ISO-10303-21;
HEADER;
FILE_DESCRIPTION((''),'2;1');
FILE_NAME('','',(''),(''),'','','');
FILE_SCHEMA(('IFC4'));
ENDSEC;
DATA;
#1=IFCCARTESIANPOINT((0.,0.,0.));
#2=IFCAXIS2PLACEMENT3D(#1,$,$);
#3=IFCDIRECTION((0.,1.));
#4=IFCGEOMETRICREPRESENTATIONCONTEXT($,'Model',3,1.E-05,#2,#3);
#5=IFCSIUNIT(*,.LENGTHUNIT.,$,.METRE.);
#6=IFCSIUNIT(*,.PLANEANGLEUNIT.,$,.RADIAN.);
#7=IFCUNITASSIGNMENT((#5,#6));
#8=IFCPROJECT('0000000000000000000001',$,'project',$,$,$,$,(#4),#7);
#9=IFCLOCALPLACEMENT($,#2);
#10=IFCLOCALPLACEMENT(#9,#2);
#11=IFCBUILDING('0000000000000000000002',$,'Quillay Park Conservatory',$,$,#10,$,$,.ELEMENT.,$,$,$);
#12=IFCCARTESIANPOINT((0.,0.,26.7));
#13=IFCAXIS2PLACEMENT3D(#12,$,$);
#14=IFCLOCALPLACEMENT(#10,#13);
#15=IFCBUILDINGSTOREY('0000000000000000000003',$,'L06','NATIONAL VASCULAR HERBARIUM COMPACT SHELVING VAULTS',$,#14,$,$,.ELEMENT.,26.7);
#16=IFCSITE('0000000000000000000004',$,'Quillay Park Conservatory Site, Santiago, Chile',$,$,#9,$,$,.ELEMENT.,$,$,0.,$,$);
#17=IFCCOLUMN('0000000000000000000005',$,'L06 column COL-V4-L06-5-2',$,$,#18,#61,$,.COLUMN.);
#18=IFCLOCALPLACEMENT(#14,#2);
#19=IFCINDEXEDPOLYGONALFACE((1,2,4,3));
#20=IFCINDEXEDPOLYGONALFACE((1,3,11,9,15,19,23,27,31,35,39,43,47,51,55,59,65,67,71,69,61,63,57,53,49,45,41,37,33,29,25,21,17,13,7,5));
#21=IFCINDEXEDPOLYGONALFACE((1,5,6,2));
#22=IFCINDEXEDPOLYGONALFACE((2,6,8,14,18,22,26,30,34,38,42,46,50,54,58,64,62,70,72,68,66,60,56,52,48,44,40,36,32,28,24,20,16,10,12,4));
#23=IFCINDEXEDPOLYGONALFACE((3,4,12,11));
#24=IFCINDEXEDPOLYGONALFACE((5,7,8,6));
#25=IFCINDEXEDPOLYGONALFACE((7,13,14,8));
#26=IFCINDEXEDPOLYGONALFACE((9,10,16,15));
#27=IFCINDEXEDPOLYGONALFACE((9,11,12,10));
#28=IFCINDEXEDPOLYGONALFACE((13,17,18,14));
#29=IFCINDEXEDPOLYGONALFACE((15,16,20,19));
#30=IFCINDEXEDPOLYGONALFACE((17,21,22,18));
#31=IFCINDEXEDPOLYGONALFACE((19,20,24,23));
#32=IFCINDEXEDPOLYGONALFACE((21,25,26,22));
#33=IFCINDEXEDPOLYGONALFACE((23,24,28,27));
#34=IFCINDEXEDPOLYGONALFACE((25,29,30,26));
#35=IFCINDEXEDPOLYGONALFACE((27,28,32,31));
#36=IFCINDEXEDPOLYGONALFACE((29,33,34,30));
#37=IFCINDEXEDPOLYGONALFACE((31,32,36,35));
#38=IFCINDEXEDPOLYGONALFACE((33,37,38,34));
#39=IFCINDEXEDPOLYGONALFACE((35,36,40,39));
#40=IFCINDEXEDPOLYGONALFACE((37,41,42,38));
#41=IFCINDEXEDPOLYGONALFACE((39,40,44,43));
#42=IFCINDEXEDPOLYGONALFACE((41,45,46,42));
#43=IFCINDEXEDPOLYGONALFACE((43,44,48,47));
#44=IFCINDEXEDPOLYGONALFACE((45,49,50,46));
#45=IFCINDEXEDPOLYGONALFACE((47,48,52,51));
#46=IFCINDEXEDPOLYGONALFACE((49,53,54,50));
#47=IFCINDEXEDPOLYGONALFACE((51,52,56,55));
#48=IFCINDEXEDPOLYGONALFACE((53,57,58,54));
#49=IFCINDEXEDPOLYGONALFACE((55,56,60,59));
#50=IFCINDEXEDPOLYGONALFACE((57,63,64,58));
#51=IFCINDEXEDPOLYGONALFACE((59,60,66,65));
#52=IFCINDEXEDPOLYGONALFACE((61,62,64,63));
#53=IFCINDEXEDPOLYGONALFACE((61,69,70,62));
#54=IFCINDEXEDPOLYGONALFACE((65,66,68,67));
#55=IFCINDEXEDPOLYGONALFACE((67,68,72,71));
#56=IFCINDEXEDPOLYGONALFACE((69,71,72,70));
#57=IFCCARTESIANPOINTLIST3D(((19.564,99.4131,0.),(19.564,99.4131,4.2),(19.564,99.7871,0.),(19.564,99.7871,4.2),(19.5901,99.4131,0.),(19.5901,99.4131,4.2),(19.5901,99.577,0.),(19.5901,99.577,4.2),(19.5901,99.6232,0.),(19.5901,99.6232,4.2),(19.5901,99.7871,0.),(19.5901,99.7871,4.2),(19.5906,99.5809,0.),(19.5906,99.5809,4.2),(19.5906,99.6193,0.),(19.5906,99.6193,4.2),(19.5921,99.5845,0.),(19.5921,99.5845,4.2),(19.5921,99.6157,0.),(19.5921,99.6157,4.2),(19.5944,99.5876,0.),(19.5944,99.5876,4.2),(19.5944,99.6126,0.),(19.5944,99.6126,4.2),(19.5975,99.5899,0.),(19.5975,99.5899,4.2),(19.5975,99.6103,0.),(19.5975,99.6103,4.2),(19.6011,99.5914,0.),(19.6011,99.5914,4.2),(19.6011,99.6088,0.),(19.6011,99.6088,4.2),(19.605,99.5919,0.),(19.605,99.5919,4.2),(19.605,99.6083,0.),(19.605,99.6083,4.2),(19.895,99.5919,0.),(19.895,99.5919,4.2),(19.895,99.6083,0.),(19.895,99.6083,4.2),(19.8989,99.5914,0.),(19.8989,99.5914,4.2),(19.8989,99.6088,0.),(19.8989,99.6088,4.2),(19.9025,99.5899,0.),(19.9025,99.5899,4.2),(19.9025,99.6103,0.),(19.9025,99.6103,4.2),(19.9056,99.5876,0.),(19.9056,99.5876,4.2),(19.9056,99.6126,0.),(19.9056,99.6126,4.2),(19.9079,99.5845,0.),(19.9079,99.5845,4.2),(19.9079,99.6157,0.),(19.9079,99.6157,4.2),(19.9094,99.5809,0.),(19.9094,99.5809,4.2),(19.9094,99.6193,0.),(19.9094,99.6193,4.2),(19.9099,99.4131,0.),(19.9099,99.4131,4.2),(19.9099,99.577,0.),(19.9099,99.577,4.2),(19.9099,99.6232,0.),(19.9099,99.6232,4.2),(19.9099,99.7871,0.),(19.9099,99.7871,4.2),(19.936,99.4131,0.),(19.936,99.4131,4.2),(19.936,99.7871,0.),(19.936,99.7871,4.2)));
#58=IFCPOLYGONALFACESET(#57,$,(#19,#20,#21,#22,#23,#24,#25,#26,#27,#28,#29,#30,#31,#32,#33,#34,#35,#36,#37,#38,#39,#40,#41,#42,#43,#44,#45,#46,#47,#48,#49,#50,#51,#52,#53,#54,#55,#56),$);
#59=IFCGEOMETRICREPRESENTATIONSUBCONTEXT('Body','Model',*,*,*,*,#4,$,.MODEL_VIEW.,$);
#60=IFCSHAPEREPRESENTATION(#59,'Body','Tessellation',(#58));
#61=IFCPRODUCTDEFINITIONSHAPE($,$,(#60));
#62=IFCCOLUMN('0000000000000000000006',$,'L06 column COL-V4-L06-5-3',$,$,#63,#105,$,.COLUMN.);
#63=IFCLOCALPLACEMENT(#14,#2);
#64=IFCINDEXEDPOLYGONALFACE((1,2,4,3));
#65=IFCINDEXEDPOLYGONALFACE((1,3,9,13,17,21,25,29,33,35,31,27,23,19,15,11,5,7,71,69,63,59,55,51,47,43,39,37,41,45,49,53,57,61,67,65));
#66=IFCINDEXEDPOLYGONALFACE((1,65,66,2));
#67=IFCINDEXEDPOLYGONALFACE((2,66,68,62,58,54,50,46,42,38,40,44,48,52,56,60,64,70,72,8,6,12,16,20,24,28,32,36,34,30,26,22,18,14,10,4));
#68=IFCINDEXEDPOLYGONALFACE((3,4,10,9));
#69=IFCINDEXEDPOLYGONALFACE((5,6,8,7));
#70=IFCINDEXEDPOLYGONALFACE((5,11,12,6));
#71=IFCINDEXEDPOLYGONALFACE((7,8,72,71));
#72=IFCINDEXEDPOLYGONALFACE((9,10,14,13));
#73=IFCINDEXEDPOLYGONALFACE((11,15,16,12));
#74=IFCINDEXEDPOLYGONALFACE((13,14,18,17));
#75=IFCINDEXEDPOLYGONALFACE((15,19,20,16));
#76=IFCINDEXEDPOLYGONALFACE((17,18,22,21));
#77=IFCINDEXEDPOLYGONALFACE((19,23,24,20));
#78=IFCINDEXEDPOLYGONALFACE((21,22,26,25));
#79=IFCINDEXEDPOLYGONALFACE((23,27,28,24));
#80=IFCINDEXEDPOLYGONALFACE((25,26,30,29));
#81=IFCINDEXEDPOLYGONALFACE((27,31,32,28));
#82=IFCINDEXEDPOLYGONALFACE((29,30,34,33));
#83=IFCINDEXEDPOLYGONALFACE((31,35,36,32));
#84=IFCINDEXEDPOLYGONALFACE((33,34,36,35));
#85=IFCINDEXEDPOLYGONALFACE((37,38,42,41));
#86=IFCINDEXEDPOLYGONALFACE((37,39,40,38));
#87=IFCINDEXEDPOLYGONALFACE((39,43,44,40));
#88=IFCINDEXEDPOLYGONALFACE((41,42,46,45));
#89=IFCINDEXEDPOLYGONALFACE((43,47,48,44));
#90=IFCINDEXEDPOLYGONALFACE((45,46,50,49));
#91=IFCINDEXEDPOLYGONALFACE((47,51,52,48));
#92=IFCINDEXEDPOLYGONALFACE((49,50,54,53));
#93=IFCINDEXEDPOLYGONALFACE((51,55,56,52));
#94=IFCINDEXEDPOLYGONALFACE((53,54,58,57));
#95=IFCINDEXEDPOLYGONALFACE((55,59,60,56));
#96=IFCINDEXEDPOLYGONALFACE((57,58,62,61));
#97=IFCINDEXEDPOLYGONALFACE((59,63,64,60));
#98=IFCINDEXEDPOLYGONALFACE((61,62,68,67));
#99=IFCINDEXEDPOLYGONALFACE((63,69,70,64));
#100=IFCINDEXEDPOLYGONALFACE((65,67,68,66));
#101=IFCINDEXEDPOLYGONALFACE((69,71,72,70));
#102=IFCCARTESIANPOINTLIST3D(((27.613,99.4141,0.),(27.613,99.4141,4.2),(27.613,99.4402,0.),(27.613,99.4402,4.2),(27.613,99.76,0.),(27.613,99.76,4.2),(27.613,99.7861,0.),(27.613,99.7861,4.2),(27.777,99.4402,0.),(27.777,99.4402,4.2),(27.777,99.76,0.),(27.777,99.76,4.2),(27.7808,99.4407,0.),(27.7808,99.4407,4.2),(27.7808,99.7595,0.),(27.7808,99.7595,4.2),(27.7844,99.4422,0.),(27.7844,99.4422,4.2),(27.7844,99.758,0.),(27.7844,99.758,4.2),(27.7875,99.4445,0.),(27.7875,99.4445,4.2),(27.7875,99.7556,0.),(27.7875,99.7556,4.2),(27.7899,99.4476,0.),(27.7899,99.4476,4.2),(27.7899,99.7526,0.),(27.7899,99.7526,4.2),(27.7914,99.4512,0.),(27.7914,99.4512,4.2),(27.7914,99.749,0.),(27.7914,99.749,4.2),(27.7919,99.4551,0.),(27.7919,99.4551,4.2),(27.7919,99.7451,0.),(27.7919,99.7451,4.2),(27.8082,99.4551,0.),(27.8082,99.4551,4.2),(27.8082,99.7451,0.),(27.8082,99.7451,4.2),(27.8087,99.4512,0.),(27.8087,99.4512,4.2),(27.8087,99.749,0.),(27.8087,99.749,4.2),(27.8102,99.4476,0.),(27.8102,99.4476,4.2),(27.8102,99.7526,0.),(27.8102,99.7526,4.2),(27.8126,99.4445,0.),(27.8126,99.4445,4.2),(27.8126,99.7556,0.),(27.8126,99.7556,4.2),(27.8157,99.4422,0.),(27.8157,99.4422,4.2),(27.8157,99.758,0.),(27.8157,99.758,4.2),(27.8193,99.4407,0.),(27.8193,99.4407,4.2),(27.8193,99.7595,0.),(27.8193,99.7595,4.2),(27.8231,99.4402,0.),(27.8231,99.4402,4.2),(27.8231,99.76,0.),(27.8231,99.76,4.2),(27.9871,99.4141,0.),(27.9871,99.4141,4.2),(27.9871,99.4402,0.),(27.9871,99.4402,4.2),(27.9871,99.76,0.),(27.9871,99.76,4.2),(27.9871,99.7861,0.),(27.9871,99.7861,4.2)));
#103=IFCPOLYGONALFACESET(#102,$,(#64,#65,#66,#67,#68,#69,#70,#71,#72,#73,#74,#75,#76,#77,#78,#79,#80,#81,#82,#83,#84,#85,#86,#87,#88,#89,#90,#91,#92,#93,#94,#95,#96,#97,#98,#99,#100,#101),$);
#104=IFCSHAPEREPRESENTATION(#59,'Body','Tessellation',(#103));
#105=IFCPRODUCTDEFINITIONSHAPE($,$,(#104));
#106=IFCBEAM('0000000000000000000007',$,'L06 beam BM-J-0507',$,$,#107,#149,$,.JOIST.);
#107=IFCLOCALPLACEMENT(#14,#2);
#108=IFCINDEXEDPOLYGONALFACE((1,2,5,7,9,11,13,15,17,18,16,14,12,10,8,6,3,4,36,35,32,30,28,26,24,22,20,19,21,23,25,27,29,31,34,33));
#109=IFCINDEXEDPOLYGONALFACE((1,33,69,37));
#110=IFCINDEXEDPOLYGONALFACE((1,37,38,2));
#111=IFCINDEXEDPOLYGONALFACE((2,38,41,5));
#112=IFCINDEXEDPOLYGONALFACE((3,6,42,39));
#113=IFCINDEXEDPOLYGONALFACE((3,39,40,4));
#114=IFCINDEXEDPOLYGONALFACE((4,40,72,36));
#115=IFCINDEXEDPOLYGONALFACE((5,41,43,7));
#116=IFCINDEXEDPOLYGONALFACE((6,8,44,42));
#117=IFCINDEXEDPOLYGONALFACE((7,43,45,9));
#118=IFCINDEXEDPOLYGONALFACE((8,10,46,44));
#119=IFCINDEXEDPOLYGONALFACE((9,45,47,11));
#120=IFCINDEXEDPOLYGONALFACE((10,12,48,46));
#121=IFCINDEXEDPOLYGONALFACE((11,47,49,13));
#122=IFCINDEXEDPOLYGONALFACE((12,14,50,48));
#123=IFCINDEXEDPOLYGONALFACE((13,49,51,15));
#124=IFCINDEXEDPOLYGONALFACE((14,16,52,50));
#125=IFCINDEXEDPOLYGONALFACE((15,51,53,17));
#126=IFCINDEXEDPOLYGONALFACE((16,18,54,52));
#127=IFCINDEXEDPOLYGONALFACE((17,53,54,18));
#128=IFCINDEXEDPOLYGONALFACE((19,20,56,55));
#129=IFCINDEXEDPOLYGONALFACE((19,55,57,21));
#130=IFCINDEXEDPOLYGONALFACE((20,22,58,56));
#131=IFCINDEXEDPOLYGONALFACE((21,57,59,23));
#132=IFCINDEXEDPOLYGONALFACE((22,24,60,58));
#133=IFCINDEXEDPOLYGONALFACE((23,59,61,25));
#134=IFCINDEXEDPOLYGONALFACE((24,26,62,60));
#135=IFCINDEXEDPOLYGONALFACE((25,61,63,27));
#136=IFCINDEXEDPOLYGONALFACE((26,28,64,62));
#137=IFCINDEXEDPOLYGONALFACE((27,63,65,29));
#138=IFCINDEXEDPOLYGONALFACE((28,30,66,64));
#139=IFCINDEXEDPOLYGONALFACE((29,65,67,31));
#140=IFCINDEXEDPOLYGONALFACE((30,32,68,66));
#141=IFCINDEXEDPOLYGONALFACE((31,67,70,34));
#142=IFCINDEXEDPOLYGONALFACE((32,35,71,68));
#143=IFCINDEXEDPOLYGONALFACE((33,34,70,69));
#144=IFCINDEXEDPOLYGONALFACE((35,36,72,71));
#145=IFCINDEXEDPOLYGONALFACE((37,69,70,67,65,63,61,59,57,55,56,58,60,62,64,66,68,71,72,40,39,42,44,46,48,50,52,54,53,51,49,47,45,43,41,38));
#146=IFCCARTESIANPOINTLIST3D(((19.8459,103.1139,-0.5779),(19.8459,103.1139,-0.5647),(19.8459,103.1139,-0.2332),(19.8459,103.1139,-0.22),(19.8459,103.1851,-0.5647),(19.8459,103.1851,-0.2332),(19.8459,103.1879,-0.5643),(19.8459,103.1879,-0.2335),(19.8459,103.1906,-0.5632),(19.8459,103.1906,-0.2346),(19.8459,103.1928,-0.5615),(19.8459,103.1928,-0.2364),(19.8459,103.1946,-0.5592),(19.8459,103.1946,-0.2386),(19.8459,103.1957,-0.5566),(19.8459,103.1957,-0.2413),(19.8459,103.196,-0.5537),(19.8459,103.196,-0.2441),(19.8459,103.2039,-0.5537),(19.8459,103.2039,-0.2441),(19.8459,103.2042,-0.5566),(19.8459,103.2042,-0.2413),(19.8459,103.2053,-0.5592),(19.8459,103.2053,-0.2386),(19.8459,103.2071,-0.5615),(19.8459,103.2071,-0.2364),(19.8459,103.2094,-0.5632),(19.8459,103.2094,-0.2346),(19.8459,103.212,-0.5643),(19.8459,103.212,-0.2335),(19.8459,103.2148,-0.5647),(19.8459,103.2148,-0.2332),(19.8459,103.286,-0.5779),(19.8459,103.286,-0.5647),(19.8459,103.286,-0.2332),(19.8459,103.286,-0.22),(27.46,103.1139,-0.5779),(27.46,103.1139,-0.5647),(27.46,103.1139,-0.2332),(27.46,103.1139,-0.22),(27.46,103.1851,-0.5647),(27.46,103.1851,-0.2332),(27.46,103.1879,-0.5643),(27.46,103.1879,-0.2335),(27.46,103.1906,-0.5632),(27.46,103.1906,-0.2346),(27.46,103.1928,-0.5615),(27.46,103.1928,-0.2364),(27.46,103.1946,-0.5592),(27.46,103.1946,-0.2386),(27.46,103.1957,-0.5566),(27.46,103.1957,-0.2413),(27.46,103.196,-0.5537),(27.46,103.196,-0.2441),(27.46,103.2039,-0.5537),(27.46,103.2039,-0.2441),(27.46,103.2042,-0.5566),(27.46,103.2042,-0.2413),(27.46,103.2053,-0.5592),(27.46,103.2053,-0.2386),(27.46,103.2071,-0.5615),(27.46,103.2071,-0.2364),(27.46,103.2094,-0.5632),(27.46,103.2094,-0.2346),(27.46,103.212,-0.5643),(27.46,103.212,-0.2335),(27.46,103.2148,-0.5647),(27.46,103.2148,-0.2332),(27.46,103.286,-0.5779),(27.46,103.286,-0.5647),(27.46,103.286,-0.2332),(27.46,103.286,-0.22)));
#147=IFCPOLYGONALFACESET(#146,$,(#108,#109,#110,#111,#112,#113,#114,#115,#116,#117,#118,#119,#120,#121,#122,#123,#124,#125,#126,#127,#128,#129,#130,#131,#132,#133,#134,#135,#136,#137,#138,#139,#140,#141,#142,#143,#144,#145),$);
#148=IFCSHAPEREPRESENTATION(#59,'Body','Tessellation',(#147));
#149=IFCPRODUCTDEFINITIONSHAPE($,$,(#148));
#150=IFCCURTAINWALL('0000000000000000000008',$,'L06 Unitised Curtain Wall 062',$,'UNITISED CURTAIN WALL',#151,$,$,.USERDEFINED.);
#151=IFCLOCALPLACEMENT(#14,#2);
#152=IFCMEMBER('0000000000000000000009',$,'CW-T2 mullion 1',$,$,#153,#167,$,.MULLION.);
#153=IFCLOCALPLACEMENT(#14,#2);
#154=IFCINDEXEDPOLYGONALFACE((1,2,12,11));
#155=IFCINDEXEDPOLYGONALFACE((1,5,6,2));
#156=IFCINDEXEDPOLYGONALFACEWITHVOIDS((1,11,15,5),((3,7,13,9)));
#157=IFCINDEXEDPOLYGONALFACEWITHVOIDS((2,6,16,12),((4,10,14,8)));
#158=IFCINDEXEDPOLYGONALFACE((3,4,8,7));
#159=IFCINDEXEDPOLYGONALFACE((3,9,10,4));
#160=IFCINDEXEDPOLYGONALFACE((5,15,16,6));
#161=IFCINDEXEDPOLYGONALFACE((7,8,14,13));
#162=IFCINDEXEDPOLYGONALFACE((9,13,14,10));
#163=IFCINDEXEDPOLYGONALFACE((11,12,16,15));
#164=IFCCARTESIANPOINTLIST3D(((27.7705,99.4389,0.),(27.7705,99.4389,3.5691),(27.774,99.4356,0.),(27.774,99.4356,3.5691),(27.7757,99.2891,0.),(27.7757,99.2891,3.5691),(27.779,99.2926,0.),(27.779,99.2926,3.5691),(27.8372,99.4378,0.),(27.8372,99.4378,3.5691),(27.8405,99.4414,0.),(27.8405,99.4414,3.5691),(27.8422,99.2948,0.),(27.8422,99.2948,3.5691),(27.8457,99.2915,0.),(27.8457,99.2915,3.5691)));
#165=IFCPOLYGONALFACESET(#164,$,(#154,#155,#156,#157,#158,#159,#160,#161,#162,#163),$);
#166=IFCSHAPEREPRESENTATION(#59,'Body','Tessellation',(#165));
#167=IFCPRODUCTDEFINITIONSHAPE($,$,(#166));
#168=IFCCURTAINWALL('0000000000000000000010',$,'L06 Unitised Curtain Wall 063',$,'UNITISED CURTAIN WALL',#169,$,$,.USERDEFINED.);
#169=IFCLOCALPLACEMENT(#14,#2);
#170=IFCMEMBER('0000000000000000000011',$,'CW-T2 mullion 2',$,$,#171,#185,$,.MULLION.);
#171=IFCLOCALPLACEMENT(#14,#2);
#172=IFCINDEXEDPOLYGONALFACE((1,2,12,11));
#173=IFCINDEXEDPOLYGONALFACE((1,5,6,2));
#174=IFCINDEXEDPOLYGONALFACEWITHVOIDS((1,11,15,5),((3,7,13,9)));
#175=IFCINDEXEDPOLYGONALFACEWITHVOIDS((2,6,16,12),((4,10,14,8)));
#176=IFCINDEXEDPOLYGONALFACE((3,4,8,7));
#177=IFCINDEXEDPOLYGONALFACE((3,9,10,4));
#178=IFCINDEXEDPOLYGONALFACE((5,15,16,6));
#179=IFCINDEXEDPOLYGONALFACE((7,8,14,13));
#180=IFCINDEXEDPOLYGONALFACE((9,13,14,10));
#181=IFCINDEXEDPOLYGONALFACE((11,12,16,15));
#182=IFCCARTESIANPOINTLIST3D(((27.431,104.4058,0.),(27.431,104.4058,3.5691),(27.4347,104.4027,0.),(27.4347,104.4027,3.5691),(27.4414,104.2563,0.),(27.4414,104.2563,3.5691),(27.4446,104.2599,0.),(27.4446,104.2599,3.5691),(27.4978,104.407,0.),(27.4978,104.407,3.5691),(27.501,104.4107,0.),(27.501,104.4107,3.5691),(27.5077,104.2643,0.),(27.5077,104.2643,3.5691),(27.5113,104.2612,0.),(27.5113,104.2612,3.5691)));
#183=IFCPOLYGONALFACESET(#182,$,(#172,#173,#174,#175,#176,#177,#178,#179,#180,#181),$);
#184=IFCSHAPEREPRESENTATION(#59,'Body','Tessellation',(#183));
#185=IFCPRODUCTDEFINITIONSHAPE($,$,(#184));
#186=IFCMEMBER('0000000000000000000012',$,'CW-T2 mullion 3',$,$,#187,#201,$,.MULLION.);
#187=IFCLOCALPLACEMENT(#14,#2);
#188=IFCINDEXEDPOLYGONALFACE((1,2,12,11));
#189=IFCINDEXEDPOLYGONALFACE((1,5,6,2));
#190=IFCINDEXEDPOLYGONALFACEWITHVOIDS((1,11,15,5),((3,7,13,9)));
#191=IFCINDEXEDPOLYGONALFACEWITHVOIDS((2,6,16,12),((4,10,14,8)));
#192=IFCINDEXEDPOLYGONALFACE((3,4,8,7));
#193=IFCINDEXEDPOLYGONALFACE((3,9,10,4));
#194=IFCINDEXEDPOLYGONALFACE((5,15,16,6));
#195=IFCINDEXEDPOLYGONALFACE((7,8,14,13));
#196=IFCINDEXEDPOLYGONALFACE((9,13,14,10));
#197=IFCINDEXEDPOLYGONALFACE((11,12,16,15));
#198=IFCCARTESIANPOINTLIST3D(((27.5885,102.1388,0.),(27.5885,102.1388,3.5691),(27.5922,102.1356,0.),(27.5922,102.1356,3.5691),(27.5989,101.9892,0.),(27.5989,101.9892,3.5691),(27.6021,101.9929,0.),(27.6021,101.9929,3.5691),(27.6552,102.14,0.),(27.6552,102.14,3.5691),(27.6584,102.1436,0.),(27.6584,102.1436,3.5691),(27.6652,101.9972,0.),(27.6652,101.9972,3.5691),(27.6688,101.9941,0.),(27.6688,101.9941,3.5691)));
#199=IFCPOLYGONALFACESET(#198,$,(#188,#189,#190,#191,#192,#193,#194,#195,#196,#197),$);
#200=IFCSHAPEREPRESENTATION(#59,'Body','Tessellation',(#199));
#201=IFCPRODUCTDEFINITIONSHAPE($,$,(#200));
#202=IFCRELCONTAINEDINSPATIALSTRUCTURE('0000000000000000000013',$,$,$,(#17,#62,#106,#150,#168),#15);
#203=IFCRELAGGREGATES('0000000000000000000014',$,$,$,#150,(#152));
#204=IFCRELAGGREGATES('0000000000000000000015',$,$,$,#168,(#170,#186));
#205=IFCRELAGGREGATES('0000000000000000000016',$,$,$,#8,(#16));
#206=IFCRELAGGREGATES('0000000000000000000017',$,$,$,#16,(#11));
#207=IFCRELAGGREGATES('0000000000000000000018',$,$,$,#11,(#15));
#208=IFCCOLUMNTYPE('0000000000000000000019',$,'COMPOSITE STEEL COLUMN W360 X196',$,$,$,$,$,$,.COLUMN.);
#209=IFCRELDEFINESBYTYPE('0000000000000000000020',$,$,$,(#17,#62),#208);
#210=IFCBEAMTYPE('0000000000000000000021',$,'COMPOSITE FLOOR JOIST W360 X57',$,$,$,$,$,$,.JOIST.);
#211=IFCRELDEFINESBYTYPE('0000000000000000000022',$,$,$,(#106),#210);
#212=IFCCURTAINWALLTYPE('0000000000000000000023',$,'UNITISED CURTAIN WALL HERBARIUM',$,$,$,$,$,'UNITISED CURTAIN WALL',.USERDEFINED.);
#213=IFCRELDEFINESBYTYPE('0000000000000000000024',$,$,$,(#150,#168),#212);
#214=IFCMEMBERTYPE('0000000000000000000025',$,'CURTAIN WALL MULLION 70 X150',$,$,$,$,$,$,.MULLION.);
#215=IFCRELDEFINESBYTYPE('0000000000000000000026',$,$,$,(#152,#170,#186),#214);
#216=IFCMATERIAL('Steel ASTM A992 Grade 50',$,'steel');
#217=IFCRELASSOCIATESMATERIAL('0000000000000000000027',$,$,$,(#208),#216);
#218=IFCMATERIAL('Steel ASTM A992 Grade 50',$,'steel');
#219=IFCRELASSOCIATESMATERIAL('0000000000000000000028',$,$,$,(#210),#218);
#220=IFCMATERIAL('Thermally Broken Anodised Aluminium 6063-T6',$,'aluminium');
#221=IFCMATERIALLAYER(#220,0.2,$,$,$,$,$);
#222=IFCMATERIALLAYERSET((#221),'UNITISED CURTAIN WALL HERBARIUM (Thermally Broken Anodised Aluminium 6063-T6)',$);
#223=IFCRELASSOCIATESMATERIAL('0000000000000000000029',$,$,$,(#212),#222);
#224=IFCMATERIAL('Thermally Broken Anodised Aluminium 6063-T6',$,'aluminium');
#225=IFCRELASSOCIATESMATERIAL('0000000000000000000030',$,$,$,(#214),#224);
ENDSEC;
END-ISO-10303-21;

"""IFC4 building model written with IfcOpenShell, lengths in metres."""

from ifc_helpers import new_model, si_unit, direction, frame, origin, origin_2d, place, context, subcontext, project, spatial, hollow_rectangle, i_section, extrude, material, layer, layer_set, material_profile, profile_set, type_object, element, aggregate, save


model = new_model("IFC4")

# Units and contexts
model_context = context("Model", 3, precision=1e-05, world=origin(), true_north=direction((0.0, 1.0)))
body_context = subcontext(model_context, "Body", "Model", "MODEL_VIEW")
ifc_project = project(units=[si_unit("LENGTHUNIT", "METRE"), si_unit("PLANEANGLEUNIT", "RADIAN")], contexts=[model_context])

# Site, building, storey
site_placement = place(None, origin())
site = spatial("IfcSite", under=ifc_project, at=site_placement, Name="Quillay Park Conservatory Site, Santiago, Chile", CompositionType="ELEMENT", RefElevation=0.0)
building_placement = place(site_placement, origin())
building = spatial("IfcBuilding", under=site, at=building_placement, Name="Quillay Park Conservatory", CompositionType="ELEMENT")
storey_placement = place(building_placement, frame((0.0, 0.0, 26.7)))
storey = spatial("IfcBuildingStorey", under=building, at=storey_placement, Name="L06", Description="NATIONAL VASCULAR HERBARIUM COMPACT SHELVING VAULTS", CompositionType="ELEMENT", Elevation=26.7)

# Columns
ifc_material_1 = material(Name="Steel ASTM A992 Grade 50", Category="steel")
ifc_material_profile_1 = material_profile(ifc_material_1, i_section(OverallWidth=0.374, OverallDepth=0.3721, WebThickness=0.0164, FlangeThickness=0.0261, FilletRadius=0.0149, at=origin_2d()), Name="W360x196")
ifc_profile_set_1 = profile_set([ifc_material_profile_1], Name="Steel ASTM A992 Grade 50")
column_type = type_object("IfcColumnType", Name="COMPOSITE STEEL COLUMN W360 X196", PredefinedType="COLUMN", material=ifc_profile_set_1)
for number, where, z_axis, x_axis, name in (
    (1, (19.75, 99.6001, 0.0), (0.0, 0.0, 1.0), (0.0, 1.0, 0.0), "L06 column COL-V4-L06-5-2"),
    (2, (27.8, 99.6001, 0.0), (0.0, 0.0, 1.0), (1.0, 0.0, 0.0), "L06 column COL-V4-L06-5-3"),
):
    element("IfcColumn", number, at=place(storey_placement, frame(where, z_axis=z_axis, x_axis=x_axis)), inside=storey, type_object=column_type, Name=name, PredefinedType="COLUMN", context=body_context, shape_type="SweptSolid", body=[
        extrude(i_section(OverallWidth=0.374, OverallDepth=0.3721, WebThickness=0.0164, FlangeThickness=0.0261, FilletRadius=0.0149, at=origin_2d()), origin(), (0.0, 0.0, 1.0), 4.2),
    ])

# Beam
ifc_material_2 = material(Name="Steel ASTM A992 Grade 50", Category="steel")
ifc_material_profile_2 = material_profile(ifc_material_2, i_section(OverallWidth=0.1721, OverallDepth=0.3579, WebThickness=0.0078, FlangeThickness=0.0132, FilletRadius=0.011, at=origin_2d()), Name="W360x57")
ifc_profile_set_2 = profile_set([ifc_material_profile_2], Name="Steel ASTM A992 Grade 50")
beam_type_1 = type_object("IfcBeamType", Name="COMPOSITE FLOOR JOIST W360 X57", PredefinedType="JOIST", material=ifc_profile_set_2)
beam_1_placement = place(storey_placement, frame((19.8459, 103.2, -0.3989), z_axis=(1.0, 0.0, 0.0), x_axis=(0.0, 1.0, 0.0)))
element("IfcBeam", 3, at=beam_1_placement, inside=storey, type_object=beam_type_1, Name="L06 beam BM-J-0507", PredefinedType="JOIST", context=body_context, shape_type="SweptSolid", body=[
    extrude(i_section(OverallWidth=0.1721, OverallDepth=0.3579, WebThickness=0.0078, FlangeThickness=0.0132, FilletRadius=0.011, at=origin_2d()), origin(), (0.0, 0.0, 1.0), 7.614),
])

# Curtain wall, member
ifc_material_3 = material(Name="Thermally Broken Anodised Aluminium 6063-T6", Category="aluminium")
ifc_layer_1 = layer(ifc_material_3, 0.2)
ifc_layer_set_1 = layer_set([ifc_layer_1], Name="UNITISED CURTAIN WALL HERBARIUM (Thermally Broken Anodised Aluminium 6063-T6)")
curtain_wall_type = type_object("IfcCurtainWallType", Name="UNITISED CURTAIN WALL HERBARIUM", ElementType="UNITISED CURTAIN WALL", PredefinedType="USERDEFINED", material=ifc_layer_set_1)
curtain_wall_1_placement = place(storey_placement, origin())
curtain_wall_1 = element("IfcCurtainWall", 4, at=curtain_wall_1_placement, inside=storey, type_object=curtain_wall_type, Name="L06 Unitised Curtain Wall 062", ObjectType="UNITISED CURTAIN WALL", PredefinedType="USERDEFINED")
ifc_material_4 = material(Name="Thermally Broken Anodised Aluminium 6063-T6", Category="aluminium")
ifc_material_profile_3 = material_profile(ifc_material_4, hollow_rectangle(XDim=0.0701, YDim=0.1499, WallThickness=0.0034, at=origin_2d()), Name="AL70x150x3.5")
ifc_profile_set_3 = profile_set([ifc_material_profile_3], Name="Thermally Broken Anodised Aluminium 6063-T6")
member_type_1 = type_object("IfcMemberType", Name="CURTAIN WALL MULLION 70 X150", PredefinedType="MULLION", material=ifc_profile_set_3)
member_1_placement = place(storey_placement, frame((27.8081, 99.3652, 0.0), z_axis=(0.0, 0.0, 1.0), x_axis=(0.999397, 0.034713, 0.0)))
member_1 = element("IfcMember", 5, at=member_1_placement, type_object=member_type_1, Name="CW-T2 mullion 1", PredefinedType="MULLION", context=body_context, shape_type="SweptSolid", body=[
    extrude(hollow_rectangle(XDim=0.0701, YDim=0.1499, WallThickness=0.0034, at=origin_2d()), origin(), (0.0, 0.0, 1.0), 3.5691),
])

# Curtain wall, members
curtain_wall_2_placement = place(storey_placement, origin())
curtain_wall_2 = element("IfcCurtainWall", 6, at=curtain_wall_2_placement, inside=storey, type_object=curtain_wall_type, Name="L06 Unitised Curtain Wall 063", ObjectType="UNITISED CURTAIN WALL", PredefinedType="USERDEFINED")
member_2_placement = place(storey_placement, frame((27.4712, 104.3335, 0.0), z_axis=(0.0, 0.0, 1.0), x_axis=(0.997598, 0.069264, 0.0)))
member_2 = element("IfcMember", 7, at=member_2_placement, type_object=member_type_1, Name="CW-T2 mullion 2", PredefinedType="MULLION", context=body_context, shape_type="SweptSolid", body=[
    extrude(hollow_rectangle(XDim=0.0701, YDim=0.1499, WallThickness=0.0034, at=origin_2d()), origin(), (0.0, 0.0, 1.0), 3.5691),
])
member_3_placement = place(storey_placement, frame((27.6287, 102.0664, 0.0), z_axis=(0.0, 0.0, 1.0), x_axis=(0.997598, 0.069264, 0.0)))
member_3 = element("IfcMember", 8, at=member_3_placement, type_object=member_type_1, Name="CW-T2 mullion 3", PredefinedType="MULLION", context=body_context, shape_type="SweptSolid", body=[
    extrude(hollow_rectangle(XDim=0.0701, YDim=0.1499, WallThickness=0.0034, at=origin_2d()), origin(), (0.0, 0.0, 1.0), 3.5691),
])

aggregate(curtain_wall_1, [member_1])

aggregate(curtain_wall_2, [member_2, member_3])

save(model, "model.ifc")
